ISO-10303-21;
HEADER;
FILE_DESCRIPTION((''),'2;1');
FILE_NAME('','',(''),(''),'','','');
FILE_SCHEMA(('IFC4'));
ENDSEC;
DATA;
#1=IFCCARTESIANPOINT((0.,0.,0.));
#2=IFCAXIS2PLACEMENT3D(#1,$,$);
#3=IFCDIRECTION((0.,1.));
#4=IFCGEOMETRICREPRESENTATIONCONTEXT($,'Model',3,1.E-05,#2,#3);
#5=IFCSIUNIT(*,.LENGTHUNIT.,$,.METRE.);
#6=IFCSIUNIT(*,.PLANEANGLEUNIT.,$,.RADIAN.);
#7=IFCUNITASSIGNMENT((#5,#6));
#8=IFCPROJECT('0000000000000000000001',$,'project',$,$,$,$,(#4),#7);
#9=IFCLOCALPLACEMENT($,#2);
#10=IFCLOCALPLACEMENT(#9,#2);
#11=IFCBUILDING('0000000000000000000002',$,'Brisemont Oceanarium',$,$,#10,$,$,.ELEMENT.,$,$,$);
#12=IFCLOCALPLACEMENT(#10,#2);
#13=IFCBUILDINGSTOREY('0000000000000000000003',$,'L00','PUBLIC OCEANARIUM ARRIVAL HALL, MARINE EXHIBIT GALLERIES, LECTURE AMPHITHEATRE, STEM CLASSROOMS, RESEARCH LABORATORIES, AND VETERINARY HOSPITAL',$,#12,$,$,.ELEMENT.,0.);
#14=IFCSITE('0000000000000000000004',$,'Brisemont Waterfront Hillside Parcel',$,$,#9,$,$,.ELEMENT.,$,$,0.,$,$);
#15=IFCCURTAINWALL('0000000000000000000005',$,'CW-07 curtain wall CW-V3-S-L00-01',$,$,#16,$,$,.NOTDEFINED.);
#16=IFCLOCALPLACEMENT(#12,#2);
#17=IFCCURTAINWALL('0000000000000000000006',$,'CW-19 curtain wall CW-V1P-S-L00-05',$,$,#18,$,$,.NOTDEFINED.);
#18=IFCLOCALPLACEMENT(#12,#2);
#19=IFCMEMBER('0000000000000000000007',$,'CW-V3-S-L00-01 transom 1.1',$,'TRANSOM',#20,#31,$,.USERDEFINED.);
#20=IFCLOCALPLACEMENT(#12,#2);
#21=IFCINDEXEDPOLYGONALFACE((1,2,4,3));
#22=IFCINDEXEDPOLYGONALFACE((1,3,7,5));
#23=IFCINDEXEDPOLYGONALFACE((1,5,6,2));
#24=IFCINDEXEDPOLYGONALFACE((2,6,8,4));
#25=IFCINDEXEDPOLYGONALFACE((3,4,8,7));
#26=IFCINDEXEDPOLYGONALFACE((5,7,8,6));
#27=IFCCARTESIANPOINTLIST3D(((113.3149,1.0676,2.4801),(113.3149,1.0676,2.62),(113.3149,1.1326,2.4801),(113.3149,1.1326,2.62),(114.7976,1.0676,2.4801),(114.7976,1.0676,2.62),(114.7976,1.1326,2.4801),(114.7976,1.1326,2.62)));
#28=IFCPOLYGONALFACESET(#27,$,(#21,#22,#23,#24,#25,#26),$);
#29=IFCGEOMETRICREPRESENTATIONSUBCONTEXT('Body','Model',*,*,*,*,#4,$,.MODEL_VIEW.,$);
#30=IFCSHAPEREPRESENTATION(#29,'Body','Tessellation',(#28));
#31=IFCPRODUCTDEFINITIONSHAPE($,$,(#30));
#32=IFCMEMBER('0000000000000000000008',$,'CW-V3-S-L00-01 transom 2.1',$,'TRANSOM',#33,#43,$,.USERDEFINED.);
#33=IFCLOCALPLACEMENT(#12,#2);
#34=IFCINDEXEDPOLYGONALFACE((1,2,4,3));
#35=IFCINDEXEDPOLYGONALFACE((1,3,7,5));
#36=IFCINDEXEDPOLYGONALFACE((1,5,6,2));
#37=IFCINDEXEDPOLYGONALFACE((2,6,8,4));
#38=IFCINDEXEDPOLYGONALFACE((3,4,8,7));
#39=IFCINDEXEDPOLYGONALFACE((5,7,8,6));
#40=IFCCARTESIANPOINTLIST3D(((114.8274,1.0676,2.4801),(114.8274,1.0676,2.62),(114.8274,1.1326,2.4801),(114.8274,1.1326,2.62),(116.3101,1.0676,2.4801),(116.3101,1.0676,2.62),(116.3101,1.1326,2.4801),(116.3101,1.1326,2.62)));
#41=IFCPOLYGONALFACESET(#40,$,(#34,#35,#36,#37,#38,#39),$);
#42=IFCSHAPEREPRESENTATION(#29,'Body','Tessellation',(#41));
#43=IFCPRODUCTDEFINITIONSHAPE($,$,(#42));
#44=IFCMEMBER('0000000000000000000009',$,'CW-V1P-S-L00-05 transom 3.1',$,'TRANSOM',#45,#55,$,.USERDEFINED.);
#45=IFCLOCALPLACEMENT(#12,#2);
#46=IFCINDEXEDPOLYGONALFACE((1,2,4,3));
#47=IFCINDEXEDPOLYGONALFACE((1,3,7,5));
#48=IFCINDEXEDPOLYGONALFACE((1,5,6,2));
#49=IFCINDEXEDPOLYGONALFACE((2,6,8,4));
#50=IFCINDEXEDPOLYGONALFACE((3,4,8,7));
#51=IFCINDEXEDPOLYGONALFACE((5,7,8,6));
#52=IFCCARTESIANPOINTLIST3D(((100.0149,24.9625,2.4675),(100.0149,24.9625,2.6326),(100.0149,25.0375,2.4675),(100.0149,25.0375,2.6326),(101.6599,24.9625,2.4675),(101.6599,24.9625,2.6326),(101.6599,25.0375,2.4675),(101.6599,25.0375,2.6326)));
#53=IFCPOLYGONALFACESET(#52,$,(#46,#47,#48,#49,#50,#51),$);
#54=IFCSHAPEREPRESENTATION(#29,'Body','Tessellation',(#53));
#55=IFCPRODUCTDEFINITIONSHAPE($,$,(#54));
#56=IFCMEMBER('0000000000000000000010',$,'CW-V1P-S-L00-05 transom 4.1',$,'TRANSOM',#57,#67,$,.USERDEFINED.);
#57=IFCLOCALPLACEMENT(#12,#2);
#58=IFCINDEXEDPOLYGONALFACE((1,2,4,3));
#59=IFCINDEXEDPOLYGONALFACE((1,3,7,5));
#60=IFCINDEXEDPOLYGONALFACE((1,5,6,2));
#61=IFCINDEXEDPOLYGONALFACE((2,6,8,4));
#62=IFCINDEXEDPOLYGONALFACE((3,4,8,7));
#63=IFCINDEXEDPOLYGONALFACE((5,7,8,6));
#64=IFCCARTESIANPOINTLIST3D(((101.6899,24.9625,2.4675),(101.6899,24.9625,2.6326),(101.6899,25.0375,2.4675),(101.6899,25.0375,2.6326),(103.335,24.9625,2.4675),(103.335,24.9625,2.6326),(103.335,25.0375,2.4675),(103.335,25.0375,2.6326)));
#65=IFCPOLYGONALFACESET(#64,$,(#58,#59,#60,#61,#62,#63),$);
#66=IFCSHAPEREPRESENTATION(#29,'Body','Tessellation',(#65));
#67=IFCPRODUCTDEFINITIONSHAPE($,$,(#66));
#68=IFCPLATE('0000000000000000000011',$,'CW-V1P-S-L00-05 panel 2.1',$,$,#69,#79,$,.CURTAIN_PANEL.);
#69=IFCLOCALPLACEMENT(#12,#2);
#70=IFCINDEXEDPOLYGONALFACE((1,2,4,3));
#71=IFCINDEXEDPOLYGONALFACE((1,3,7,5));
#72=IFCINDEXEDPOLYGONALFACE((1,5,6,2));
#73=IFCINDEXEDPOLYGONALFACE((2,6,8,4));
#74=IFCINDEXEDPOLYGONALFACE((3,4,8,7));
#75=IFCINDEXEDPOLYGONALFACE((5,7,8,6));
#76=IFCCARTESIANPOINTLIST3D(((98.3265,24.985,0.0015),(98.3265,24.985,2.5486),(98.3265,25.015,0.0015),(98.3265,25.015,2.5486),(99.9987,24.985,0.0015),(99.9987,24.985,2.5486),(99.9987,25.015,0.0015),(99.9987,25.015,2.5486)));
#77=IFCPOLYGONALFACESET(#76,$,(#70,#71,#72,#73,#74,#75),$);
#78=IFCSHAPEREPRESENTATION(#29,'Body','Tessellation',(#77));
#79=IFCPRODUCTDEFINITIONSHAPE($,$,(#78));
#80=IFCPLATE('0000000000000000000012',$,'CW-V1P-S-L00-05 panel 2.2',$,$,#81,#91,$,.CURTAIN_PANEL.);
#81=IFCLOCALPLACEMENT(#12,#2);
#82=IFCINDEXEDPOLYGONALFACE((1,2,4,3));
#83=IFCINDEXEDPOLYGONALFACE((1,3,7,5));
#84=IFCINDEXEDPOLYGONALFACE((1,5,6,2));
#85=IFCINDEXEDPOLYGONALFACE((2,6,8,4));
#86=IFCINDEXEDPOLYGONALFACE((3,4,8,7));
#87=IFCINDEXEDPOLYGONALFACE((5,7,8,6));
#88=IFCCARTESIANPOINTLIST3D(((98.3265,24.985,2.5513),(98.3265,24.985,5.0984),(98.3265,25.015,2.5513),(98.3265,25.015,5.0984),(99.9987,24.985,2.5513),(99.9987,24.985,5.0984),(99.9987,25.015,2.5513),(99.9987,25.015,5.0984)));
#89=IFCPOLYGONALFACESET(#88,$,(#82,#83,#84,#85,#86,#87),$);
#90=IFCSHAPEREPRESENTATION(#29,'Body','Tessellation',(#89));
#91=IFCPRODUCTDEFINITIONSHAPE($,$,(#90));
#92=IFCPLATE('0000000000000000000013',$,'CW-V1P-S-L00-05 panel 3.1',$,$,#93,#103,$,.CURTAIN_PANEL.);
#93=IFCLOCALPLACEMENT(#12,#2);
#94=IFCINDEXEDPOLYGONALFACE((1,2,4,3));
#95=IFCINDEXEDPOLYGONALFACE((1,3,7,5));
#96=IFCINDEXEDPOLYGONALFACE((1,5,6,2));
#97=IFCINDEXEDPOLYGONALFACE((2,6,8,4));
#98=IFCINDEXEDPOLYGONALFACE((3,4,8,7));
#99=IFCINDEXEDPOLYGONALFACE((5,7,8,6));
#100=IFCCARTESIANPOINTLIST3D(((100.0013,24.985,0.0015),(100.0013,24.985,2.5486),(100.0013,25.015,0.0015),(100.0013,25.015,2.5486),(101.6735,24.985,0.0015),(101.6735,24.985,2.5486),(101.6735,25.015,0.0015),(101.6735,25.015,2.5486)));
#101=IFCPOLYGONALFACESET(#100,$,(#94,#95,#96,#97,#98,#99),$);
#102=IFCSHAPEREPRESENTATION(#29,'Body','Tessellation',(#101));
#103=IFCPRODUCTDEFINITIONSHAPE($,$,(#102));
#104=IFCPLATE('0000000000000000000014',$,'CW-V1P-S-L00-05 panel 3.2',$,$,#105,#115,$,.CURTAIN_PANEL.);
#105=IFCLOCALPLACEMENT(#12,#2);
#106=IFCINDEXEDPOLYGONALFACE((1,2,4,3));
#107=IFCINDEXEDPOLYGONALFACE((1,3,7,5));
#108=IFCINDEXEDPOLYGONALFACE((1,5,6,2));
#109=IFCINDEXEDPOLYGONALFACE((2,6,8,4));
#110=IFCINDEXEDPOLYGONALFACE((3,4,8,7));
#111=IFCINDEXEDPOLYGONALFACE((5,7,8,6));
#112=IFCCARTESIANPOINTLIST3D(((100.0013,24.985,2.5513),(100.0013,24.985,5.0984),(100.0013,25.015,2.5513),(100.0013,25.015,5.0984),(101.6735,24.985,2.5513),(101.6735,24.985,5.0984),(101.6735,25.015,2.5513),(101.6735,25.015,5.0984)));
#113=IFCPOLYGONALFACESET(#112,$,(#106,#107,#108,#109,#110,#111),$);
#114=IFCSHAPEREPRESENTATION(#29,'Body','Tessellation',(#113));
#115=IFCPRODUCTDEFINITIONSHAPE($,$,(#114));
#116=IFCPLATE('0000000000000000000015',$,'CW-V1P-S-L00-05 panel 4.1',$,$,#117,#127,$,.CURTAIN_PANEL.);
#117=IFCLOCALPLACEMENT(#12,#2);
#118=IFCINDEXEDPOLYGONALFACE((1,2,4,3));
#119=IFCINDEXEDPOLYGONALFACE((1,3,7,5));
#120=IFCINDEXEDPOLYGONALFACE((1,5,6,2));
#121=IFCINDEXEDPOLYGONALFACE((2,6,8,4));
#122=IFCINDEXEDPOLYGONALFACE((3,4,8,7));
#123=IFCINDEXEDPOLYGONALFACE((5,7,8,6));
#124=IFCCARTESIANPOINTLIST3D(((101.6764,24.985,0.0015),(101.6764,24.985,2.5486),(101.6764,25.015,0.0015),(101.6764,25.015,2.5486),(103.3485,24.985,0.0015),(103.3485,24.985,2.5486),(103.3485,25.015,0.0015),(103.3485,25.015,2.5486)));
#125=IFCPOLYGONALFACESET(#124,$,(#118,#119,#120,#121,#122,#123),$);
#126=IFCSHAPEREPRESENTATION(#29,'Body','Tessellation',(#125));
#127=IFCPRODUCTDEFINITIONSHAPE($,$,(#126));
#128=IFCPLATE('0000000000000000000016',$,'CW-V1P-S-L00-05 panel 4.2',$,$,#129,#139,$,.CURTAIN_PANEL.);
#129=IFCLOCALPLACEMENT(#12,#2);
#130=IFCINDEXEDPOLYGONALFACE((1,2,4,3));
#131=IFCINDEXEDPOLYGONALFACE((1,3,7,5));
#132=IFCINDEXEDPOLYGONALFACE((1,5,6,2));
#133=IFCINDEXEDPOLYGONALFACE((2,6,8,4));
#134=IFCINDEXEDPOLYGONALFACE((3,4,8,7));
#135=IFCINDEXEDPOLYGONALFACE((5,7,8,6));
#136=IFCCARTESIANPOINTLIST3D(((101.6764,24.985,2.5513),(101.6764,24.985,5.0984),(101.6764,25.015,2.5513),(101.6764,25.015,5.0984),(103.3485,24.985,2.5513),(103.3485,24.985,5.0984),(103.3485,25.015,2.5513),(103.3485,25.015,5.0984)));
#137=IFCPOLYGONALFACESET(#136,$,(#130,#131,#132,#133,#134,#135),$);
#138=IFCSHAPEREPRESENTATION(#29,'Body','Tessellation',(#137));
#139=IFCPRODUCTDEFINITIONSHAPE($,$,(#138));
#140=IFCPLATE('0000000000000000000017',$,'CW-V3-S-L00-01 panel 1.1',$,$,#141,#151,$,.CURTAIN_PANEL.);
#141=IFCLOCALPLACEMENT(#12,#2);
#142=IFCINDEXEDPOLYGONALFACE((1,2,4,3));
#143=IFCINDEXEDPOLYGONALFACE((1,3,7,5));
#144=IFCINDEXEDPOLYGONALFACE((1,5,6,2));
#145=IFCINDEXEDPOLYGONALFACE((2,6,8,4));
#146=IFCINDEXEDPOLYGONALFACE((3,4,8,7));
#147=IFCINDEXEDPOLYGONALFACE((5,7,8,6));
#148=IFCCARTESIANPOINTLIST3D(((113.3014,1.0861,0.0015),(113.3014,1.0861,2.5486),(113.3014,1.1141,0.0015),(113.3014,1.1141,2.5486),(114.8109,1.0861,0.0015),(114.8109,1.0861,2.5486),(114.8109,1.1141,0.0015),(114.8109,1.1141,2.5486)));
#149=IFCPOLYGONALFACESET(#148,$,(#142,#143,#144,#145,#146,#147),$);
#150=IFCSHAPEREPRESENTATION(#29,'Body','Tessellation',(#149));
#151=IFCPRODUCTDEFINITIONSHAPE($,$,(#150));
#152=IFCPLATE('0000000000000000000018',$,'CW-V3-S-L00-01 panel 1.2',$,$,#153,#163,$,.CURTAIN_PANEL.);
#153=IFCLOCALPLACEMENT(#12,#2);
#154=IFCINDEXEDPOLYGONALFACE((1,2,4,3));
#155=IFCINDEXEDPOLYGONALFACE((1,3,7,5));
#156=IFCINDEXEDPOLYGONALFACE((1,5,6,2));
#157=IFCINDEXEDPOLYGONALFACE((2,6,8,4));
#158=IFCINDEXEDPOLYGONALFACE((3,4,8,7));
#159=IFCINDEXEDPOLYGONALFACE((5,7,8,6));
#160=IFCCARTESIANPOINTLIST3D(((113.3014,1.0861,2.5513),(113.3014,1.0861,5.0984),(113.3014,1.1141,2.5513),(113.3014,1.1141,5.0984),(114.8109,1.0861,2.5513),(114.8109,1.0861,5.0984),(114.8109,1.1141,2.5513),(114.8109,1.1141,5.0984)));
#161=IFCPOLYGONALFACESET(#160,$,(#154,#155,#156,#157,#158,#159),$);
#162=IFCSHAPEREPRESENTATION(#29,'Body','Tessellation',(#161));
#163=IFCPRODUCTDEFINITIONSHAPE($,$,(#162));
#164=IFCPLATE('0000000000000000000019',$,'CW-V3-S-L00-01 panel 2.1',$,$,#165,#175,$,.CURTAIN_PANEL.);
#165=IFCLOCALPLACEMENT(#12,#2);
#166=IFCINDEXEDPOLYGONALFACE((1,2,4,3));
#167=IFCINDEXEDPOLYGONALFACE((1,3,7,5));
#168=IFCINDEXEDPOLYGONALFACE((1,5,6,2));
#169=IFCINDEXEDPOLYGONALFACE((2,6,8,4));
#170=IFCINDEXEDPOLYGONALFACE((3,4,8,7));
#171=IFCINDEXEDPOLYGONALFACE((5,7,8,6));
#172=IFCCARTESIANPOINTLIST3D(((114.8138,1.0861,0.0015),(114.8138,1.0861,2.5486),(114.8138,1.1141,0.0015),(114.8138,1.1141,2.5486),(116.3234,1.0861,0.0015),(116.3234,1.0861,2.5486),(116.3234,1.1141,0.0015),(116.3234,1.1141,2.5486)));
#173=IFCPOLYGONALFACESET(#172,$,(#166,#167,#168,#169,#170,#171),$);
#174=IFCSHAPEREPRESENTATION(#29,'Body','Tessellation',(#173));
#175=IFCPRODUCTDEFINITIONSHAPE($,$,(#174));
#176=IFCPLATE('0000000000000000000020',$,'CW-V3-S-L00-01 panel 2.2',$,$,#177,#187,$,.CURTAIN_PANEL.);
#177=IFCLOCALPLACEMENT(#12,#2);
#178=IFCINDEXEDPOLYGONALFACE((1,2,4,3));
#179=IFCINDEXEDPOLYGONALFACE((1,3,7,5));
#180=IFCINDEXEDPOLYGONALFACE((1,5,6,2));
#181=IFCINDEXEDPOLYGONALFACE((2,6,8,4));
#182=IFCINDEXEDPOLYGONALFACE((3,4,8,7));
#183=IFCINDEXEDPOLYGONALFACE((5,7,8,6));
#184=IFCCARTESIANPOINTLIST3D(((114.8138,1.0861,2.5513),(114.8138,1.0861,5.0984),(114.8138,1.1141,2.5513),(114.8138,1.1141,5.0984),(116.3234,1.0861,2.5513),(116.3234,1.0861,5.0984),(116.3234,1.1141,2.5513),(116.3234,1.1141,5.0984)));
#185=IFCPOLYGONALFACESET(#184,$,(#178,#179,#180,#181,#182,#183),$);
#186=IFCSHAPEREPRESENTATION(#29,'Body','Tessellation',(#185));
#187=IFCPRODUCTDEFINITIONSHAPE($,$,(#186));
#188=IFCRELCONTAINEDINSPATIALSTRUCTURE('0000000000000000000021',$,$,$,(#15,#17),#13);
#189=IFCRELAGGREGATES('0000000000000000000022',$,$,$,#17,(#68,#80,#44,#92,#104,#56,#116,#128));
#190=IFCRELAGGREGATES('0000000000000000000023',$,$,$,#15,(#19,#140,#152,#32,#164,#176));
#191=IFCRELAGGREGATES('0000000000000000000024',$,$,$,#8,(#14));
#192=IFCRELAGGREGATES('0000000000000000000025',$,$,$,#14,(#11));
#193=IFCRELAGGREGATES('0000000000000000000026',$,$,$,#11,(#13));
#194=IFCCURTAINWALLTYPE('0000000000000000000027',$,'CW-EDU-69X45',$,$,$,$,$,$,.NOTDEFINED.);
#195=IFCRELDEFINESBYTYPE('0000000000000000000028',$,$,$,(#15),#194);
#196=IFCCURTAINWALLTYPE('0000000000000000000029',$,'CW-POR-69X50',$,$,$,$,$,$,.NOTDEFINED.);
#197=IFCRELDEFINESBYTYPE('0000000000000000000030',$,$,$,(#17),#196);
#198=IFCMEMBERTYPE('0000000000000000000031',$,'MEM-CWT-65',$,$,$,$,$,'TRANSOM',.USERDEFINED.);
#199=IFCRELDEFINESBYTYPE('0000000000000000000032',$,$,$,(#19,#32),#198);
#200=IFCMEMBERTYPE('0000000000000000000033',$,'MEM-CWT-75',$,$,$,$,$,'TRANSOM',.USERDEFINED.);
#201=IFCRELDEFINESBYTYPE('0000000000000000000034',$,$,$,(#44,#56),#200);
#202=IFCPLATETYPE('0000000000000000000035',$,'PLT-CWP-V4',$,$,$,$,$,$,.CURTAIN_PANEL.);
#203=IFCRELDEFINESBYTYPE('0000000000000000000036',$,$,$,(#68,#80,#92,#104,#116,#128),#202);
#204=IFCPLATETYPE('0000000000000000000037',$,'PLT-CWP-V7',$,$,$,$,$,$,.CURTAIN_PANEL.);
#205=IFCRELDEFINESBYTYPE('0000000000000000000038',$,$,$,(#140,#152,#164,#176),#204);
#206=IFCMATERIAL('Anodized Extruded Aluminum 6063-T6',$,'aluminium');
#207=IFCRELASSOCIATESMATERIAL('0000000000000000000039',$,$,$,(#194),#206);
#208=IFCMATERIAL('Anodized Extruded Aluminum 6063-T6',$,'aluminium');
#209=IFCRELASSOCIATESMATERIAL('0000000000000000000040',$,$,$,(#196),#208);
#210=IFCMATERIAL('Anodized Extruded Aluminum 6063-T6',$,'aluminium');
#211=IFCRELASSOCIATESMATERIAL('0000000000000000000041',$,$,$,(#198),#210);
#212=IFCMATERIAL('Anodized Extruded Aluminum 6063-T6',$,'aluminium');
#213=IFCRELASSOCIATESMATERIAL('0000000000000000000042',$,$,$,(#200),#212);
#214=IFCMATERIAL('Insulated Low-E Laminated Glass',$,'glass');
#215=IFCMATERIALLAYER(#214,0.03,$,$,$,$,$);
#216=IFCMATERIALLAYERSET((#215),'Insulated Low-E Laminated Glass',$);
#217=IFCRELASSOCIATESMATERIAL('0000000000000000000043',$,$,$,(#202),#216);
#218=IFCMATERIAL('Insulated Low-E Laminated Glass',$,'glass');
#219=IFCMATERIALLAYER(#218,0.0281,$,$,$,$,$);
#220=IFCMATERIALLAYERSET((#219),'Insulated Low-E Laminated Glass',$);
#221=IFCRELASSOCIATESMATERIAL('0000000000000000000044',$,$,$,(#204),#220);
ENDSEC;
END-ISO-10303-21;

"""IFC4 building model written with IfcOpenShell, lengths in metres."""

from ifc_helpers import new_model, si_unit, direction, frame, origin, origin_2d, place, context, subcontext, project, spatial, rectangle, extrude, material, layer, layer_set, material_profile, profile_set, type_object, element, aggregate, save


model = new_model("IFC4")

# Units and contexts
model_context = context("Model", 3, precision=1e-05, world=origin(), true_north=direction((0.0, 1.0)))
body_context = subcontext(model_context, "Body", "Model", "MODEL_VIEW")
ifc_project = project(units=[si_unit("LENGTHUNIT", "METRE"), si_unit("PLANEANGLEUNIT", "RADIAN")], contexts=[model_context])

# Site, building, storey
site_placement = place(None, origin())
site = spatial("IfcSite", under=ifc_project, at=site_placement, Name="Brisemont Waterfront Hillside Parcel", CompositionType="ELEMENT", RefElevation=0.0)
building_placement = place(site_placement, origin())
building = spatial("IfcBuilding", under=site, at=building_placement, Name="Brisemont Oceanarium", CompositionType="ELEMENT")
storey_placement = place(building_placement, origin())
storey = spatial("IfcBuildingStorey", under=building, at=storey_placement, Name="L00", Description="PUBLIC OCEANARIUM ARRIVAL HALL, MARINE EXHIBIT GALLERIES, LECTURE AMPHITHEATRE, STEM CLASSROOMS, RESEARCH LABORATORIES, AND VETERINARY HOSPITAL", CompositionType="ELEMENT", Elevation=0.0)

# Curtain walls
ifc_material_1 = material(Name="Anodized Extruded Aluminum 6063-T6", Category="aluminium")
curtain_wall_type_1 = type_object("IfcCurtainWallType", Name="CW-EDU-69X45", PredefinedType="NOTDEFINED", material=ifc_material_1)
curtain_wall_1_placement = place(storey_placement, origin())
curtain_wall_1 = element("IfcCurtainWall", 1, at=curtain_wall_1_placement, inside=storey, type_object=curtain_wall_type_1, Name="CW-07 curtain wall CW-V3-S-L00-01", PredefinedType="NOTDEFINED")
ifc_material_2 = material(Name="Anodized Extruded Aluminum 6063-T6", Category="aluminium")
curtain_wall_type_2 = type_object("IfcCurtainWallType", Name="CW-POR-69X50", PredefinedType="NOTDEFINED", material=ifc_material_2)
curtain_wall_2_placement = place(storey_placement, origin())
curtain_wall_2 = element("IfcCurtainWall", 2, at=curtain_wall_2_placement, inside=storey, type_object=curtain_wall_type_2, Name="CW-19 curtain wall CW-V1P-S-L00-05", PredefinedType="NOTDEFINED")

# Members
ifc_material_3 = material(Name="Anodized Extruded Aluminum 6063-T6", Category="aluminium")
ifc_material_profile_1 = material_profile(ifc_material_3, rectangle(XDim=0.0649, YDim=0.1399, at=origin_2d()), Name="CWT-65X140")
ifc_profile_set_1 = profile_set([ifc_material_profile_1], Name="Anodized Extruded Aluminum 6063-T6")
member_type_1 = type_object("IfcMemberType", Name="MEM-CWT-65", ElementType="TRANSOM", PredefinedType="USERDEFINED", material=ifc_profile_set_1)
member_1_placement = place(storey_placement, frame((113.3149, 1.1001, 2.55), z_axis=(1.0, 0.0, 0.0), x_axis=(0.0, 1.0, 0.0)))
member_1 = element("IfcMember", 3, at=member_1_placement, type_object=member_type_1, Name="CW-V3-S-L00-01 transom 1.1", ObjectType="TRANSOM", PredefinedType="USERDEFINED", context=body_context, shape_type="SweptSolid", body=[
    extrude(rectangle(XDim=0.0649, YDim=0.1399, at=origin_2d()), origin(), (0.0, 0.0, 1.0), 1.4827),
])
member_2_placement = place(storey_placement, frame((114.8274, 1.1001, 2.55), z_axis=(1.0, 0.0, 0.0), x_axis=(0.0, 1.0, 0.0)))
member_2 = element("IfcMember", 4, at=member_2_placement, type_object=member_type_1, Name="CW-V3-S-L00-01 transom 2.1", ObjectType="TRANSOM", PredefinedType="USERDEFINED", context=body_context, shape_type="SweptSolid", body=[
    extrude(rectangle(XDim=0.0649, YDim=0.1399, at=origin_2d()), origin(), (0.0, 0.0, 1.0), 1.4827),
])
ifc_material_4 = material(Name="Anodized Extruded Aluminum 6063-T6", Category="aluminium")
ifc_material_profile_2 = material_profile(ifc_material_4, rectangle(XDim=0.075, YDim=0.165, at=origin_2d()), Name="CWT-75X165")
ifc_profile_set_2 = profile_set([ifc_material_profile_2], Name="Anodized Extruded Aluminum 6063-T6")
member_type_2 = type_object("IfcMemberType", Name="MEM-CWT-75", ElementType="TRANSOM", PredefinedType="USERDEFINED", material=ifc_profile_set_2)
member_3_placement = place(storey_placement, frame((100.0149, 25.0, 2.55), z_axis=(1.0, 0.0, 0.0), x_axis=(0.0, 1.0, 0.0)))
member_3 = element("IfcMember", 5, at=member_3_placement, type_object=member_type_2, Name="CW-V1P-S-L00-05 transom 3.1", ObjectType="TRANSOM", PredefinedType="USERDEFINED", context=body_context, shape_type="SweptSolid", body=[
    extrude(rectangle(XDim=0.075, YDim=0.165, at=origin_2d()), origin(), (0.0, 0.0, 1.0), 1.645),
])
member_4_placement = place(storey_placement, frame((101.6899, 25.0, 2.55), z_axis=(1.0, 0.0, 0.0), x_axis=(0.0, 1.0, 0.0)))
member_4 = element("IfcMember", 6, at=member_4_placement, type_object=member_type_2, Name="CW-V1P-S-L00-05 transom 4.1", ObjectType="TRANSOM", PredefinedType="USERDEFINED", context=body_context, shape_type="SweptSolid", body=[
    extrude(rectangle(XDim=0.075, YDim=0.165, at=origin_2d()), origin(), (0.0, 0.0, 1.0), 1.645),
])

# Plates
ifc_material_5 = material(Name="Insulated Low-E Laminated Glass", Category="glass")
ifc_layer_1 = layer(ifc_material_5, 0.03)
ifc_layer_set_1 = layer_set([ifc_layer_1], Name="Insulated Low-E Laminated Glass")
plate_type_1 = type_object("IfcPlateType", Name="PLT-CWP-V4", PredefinedType="CURTAIN_PANEL", material=ifc_layer_set_1)
plate_1_placement = place(storey_placement, frame((99.1626, 25.0, 0.0015), z_axis=(0.0, 0.0, 1.0), x_axis=(1.0, 0.0, 0.0)))
plate_1 = element("IfcPlate", 7, at=plate_1_placement, type_object=plate_type_1, Name="CW-V1P-S-L00-05 panel 2.1", PredefinedType="CURTAIN_PANEL", context=body_context, shape_type="SweptSolid", body=[
    extrude(rectangle(XDim=1.6721, YDim=0.03, at=origin_2d()), origin(), (0.0, 0.0, 1.0), 2.5471),
])
plate_2_placement = place(storey_placement, frame((99.1626, 25.0, 2.5513), z_axis=(0.0, 0.0, 1.0), x_axis=(1.0, 0.0, 0.0)))
plate_2 = element("IfcPlate", 8, at=plate_2_placement, type_object=plate_type_1, Name="CW-V1P-S-L00-05 panel 2.2", PredefinedType="CURTAIN_PANEL", context=body_context, shape_type="SweptSolid", body=[
    extrude(rectangle(XDim=1.6721, YDim=0.03, at=origin_2d()), origin(), (0.0, 0.0, 1.0), 2.5471),
])
plate_3_placement = place(storey_placement, frame((100.8374, 25.0, 0.0015), z_axis=(0.0, 0.0, 1.0), x_axis=(1.0, 0.0, 0.0)))
plate_3 = element("IfcPlate", 9, at=plate_3_placement, type_object=plate_type_1, Name="CW-V1P-S-L00-05 panel 3.1", PredefinedType="CURTAIN_PANEL", context=body_context, shape_type="SweptSolid", body=[
    extrude(rectangle(XDim=1.6721, YDim=0.03, at=origin_2d()), origin(), (0.0, 0.0, 1.0), 2.5471),
])
plate_4_placement = place(storey_placement, frame((100.8374, 25.0, 2.5513), z_axis=(0.0, 0.0, 1.0), x_axis=(1.0, 0.0, 0.0)))
plate_4 = element("IfcPlate", 10, at=plate_4_placement, type_object=plate_type_1, Name="CW-V1P-S-L00-05 panel 3.2", PredefinedType="CURTAIN_PANEL", context=body_context, shape_type="SweptSolid", body=[
    extrude(rectangle(XDim=1.6721, YDim=0.03, at=origin_2d()), origin(), (0.0, 0.0, 1.0), 2.5471),
])
plate_5_placement = place(storey_placement, frame((102.5125, 25.0, 0.0015), z_axis=(0.0, 0.0, 1.0), x_axis=(1.0, 0.0, 0.0)))
plate_5 = element("IfcPlate", 11, at=plate_5_placement, type_object=plate_type_1, Name="CW-V1P-S-L00-05 panel 4.1", PredefinedType="CURTAIN_PANEL", context=body_context, shape_type="SweptSolid", body=[
    extrude(rectangle(XDim=1.6721, YDim=0.03, at=origin_2d()), origin(), (0.0, 0.0, 1.0), 2.5471),
])
plate_6_placement = place(storey_placement, frame((102.5125, 25.0, 2.5513), z_axis=(0.0, 0.0, 1.0), x_axis=(1.0, 0.0, 0.0)))
plate_6 = element("IfcPlate", 12, at=plate_6_placement, type_object=plate_type_1, Name="CW-V1P-S-L00-05 panel 4.2", PredefinedType="CURTAIN_PANEL", context=body_context, shape_type="SweptSolid", body=[
    extrude(rectangle(XDim=1.6721, YDim=0.03, at=origin_2d()), origin(), (0.0, 0.0, 1.0), 2.5471),
])
aggregate(curtain_wall_2, [plate_1, plate_2, member_3, plate_3, plate_4, member_4, plate_5, plate_6])
ifc_material_6 = material(Name="Insulated Low-E Laminated Glass", Category="glass")
ifc_layer_2 = layer(ifc_material_6, 0.0281)
ifc_layer_set_2 = layer_set([ifc_layer_2], Name="Insulated Low-E Laminated Glass")
plate_type_2 = type_object("IfcPlateType", Name="PLT-CWP-V7", PredefinedType="CURTAIN_PANEL", material=ifc_layer_set_2)
plate_7_placement = place(storey_placement, frame((114.0562, 1.1001, 0.0015), z_axis=(0.0, 0.0, 1.0), x_axis=(1.0, 0.0, 0.0)))
plate_7 = element("IfcPlate", 13, at=plate_7_placement, type_object=plate_type_2, Name="CW-V3-S-L00-01 panel 1.1", PredefinedType="CURTAIN_PANEL", context=body_context, shape_type="SweptSolid", body=[
    extrude(rectangle(XDim=1.5095, YDim=0.0281, at=origin_2d()), origin(), (0.0, 0.0, 1.0), 2.5471),
])
plate_8_placement = place(storey_placement, frame((114.0562, 1.1001, 2.5513), z_axis=(0.0, 0.0, 1.0), x_axis=(1.0, 0.0, 0.0)))
plate_8 = element("IfcPlate", 14, at=plate_8_placement, type_object=plate_type_2, Name="CW-V3-S-L00-01 panel 1.2", PredefinedType="CURTAIN_PANEL", context=body_context, shape_type="SweptSolid", body=[
    extrude(rectangle(XDim=1.5095, YDim=0.0281, at=origin_2d()), origin(), (0.0, 0.0, 1.0), 2.5471),
])
plate_9_placement = place(storey_placement, frame((115.5686, 1.1001, 0.0015), z_axis=(0.0, 0.0, 1.0), x_axis=(1.0, 0.0, 0.0)))
plate_9 = element("IfcPlate", 15, at=plate_9_placement, type_object=plate_type_2, Name="CW-V3-S-L00-01 panel 2.1", PredefinedType="CURTAIN_PANEL", context=body_context, shape_type="SweptSolid", body=[
    extrude(rectangle(XDim=1.5095, YDim=0.0281, at=origin_2d()), origin(), (0.0, 0.0, 1.0), 2.5471),
])
plate_10_placement = place(storey_placement, frame((115.5686, 1.1001, 2.5513), z_axis=(0.0, 0.0, 1.0), x_axis=(1.0, 0.0, 0.0)))
plate_10 = element("IfcPlate", 16, at=plate_10_placement, type_object=plate_type_2, Name="CW-V3-S-L00-01 panel 2.2", PredefinedType="CURTAIN_PANEL", context=body_context, shape_type="SweptSolid", body=[
    extrude(rectangle(XDim=1.5095, YDim=0.0281, at=origin_2d()), origin(), (0.0, 0.0, 1.0), 2.5471),
])
aggregate(curtain_wall_1, [member_1, plate_7, plate_8, member_2, plate_9, plate_10])

save(model, "model.ifc")
